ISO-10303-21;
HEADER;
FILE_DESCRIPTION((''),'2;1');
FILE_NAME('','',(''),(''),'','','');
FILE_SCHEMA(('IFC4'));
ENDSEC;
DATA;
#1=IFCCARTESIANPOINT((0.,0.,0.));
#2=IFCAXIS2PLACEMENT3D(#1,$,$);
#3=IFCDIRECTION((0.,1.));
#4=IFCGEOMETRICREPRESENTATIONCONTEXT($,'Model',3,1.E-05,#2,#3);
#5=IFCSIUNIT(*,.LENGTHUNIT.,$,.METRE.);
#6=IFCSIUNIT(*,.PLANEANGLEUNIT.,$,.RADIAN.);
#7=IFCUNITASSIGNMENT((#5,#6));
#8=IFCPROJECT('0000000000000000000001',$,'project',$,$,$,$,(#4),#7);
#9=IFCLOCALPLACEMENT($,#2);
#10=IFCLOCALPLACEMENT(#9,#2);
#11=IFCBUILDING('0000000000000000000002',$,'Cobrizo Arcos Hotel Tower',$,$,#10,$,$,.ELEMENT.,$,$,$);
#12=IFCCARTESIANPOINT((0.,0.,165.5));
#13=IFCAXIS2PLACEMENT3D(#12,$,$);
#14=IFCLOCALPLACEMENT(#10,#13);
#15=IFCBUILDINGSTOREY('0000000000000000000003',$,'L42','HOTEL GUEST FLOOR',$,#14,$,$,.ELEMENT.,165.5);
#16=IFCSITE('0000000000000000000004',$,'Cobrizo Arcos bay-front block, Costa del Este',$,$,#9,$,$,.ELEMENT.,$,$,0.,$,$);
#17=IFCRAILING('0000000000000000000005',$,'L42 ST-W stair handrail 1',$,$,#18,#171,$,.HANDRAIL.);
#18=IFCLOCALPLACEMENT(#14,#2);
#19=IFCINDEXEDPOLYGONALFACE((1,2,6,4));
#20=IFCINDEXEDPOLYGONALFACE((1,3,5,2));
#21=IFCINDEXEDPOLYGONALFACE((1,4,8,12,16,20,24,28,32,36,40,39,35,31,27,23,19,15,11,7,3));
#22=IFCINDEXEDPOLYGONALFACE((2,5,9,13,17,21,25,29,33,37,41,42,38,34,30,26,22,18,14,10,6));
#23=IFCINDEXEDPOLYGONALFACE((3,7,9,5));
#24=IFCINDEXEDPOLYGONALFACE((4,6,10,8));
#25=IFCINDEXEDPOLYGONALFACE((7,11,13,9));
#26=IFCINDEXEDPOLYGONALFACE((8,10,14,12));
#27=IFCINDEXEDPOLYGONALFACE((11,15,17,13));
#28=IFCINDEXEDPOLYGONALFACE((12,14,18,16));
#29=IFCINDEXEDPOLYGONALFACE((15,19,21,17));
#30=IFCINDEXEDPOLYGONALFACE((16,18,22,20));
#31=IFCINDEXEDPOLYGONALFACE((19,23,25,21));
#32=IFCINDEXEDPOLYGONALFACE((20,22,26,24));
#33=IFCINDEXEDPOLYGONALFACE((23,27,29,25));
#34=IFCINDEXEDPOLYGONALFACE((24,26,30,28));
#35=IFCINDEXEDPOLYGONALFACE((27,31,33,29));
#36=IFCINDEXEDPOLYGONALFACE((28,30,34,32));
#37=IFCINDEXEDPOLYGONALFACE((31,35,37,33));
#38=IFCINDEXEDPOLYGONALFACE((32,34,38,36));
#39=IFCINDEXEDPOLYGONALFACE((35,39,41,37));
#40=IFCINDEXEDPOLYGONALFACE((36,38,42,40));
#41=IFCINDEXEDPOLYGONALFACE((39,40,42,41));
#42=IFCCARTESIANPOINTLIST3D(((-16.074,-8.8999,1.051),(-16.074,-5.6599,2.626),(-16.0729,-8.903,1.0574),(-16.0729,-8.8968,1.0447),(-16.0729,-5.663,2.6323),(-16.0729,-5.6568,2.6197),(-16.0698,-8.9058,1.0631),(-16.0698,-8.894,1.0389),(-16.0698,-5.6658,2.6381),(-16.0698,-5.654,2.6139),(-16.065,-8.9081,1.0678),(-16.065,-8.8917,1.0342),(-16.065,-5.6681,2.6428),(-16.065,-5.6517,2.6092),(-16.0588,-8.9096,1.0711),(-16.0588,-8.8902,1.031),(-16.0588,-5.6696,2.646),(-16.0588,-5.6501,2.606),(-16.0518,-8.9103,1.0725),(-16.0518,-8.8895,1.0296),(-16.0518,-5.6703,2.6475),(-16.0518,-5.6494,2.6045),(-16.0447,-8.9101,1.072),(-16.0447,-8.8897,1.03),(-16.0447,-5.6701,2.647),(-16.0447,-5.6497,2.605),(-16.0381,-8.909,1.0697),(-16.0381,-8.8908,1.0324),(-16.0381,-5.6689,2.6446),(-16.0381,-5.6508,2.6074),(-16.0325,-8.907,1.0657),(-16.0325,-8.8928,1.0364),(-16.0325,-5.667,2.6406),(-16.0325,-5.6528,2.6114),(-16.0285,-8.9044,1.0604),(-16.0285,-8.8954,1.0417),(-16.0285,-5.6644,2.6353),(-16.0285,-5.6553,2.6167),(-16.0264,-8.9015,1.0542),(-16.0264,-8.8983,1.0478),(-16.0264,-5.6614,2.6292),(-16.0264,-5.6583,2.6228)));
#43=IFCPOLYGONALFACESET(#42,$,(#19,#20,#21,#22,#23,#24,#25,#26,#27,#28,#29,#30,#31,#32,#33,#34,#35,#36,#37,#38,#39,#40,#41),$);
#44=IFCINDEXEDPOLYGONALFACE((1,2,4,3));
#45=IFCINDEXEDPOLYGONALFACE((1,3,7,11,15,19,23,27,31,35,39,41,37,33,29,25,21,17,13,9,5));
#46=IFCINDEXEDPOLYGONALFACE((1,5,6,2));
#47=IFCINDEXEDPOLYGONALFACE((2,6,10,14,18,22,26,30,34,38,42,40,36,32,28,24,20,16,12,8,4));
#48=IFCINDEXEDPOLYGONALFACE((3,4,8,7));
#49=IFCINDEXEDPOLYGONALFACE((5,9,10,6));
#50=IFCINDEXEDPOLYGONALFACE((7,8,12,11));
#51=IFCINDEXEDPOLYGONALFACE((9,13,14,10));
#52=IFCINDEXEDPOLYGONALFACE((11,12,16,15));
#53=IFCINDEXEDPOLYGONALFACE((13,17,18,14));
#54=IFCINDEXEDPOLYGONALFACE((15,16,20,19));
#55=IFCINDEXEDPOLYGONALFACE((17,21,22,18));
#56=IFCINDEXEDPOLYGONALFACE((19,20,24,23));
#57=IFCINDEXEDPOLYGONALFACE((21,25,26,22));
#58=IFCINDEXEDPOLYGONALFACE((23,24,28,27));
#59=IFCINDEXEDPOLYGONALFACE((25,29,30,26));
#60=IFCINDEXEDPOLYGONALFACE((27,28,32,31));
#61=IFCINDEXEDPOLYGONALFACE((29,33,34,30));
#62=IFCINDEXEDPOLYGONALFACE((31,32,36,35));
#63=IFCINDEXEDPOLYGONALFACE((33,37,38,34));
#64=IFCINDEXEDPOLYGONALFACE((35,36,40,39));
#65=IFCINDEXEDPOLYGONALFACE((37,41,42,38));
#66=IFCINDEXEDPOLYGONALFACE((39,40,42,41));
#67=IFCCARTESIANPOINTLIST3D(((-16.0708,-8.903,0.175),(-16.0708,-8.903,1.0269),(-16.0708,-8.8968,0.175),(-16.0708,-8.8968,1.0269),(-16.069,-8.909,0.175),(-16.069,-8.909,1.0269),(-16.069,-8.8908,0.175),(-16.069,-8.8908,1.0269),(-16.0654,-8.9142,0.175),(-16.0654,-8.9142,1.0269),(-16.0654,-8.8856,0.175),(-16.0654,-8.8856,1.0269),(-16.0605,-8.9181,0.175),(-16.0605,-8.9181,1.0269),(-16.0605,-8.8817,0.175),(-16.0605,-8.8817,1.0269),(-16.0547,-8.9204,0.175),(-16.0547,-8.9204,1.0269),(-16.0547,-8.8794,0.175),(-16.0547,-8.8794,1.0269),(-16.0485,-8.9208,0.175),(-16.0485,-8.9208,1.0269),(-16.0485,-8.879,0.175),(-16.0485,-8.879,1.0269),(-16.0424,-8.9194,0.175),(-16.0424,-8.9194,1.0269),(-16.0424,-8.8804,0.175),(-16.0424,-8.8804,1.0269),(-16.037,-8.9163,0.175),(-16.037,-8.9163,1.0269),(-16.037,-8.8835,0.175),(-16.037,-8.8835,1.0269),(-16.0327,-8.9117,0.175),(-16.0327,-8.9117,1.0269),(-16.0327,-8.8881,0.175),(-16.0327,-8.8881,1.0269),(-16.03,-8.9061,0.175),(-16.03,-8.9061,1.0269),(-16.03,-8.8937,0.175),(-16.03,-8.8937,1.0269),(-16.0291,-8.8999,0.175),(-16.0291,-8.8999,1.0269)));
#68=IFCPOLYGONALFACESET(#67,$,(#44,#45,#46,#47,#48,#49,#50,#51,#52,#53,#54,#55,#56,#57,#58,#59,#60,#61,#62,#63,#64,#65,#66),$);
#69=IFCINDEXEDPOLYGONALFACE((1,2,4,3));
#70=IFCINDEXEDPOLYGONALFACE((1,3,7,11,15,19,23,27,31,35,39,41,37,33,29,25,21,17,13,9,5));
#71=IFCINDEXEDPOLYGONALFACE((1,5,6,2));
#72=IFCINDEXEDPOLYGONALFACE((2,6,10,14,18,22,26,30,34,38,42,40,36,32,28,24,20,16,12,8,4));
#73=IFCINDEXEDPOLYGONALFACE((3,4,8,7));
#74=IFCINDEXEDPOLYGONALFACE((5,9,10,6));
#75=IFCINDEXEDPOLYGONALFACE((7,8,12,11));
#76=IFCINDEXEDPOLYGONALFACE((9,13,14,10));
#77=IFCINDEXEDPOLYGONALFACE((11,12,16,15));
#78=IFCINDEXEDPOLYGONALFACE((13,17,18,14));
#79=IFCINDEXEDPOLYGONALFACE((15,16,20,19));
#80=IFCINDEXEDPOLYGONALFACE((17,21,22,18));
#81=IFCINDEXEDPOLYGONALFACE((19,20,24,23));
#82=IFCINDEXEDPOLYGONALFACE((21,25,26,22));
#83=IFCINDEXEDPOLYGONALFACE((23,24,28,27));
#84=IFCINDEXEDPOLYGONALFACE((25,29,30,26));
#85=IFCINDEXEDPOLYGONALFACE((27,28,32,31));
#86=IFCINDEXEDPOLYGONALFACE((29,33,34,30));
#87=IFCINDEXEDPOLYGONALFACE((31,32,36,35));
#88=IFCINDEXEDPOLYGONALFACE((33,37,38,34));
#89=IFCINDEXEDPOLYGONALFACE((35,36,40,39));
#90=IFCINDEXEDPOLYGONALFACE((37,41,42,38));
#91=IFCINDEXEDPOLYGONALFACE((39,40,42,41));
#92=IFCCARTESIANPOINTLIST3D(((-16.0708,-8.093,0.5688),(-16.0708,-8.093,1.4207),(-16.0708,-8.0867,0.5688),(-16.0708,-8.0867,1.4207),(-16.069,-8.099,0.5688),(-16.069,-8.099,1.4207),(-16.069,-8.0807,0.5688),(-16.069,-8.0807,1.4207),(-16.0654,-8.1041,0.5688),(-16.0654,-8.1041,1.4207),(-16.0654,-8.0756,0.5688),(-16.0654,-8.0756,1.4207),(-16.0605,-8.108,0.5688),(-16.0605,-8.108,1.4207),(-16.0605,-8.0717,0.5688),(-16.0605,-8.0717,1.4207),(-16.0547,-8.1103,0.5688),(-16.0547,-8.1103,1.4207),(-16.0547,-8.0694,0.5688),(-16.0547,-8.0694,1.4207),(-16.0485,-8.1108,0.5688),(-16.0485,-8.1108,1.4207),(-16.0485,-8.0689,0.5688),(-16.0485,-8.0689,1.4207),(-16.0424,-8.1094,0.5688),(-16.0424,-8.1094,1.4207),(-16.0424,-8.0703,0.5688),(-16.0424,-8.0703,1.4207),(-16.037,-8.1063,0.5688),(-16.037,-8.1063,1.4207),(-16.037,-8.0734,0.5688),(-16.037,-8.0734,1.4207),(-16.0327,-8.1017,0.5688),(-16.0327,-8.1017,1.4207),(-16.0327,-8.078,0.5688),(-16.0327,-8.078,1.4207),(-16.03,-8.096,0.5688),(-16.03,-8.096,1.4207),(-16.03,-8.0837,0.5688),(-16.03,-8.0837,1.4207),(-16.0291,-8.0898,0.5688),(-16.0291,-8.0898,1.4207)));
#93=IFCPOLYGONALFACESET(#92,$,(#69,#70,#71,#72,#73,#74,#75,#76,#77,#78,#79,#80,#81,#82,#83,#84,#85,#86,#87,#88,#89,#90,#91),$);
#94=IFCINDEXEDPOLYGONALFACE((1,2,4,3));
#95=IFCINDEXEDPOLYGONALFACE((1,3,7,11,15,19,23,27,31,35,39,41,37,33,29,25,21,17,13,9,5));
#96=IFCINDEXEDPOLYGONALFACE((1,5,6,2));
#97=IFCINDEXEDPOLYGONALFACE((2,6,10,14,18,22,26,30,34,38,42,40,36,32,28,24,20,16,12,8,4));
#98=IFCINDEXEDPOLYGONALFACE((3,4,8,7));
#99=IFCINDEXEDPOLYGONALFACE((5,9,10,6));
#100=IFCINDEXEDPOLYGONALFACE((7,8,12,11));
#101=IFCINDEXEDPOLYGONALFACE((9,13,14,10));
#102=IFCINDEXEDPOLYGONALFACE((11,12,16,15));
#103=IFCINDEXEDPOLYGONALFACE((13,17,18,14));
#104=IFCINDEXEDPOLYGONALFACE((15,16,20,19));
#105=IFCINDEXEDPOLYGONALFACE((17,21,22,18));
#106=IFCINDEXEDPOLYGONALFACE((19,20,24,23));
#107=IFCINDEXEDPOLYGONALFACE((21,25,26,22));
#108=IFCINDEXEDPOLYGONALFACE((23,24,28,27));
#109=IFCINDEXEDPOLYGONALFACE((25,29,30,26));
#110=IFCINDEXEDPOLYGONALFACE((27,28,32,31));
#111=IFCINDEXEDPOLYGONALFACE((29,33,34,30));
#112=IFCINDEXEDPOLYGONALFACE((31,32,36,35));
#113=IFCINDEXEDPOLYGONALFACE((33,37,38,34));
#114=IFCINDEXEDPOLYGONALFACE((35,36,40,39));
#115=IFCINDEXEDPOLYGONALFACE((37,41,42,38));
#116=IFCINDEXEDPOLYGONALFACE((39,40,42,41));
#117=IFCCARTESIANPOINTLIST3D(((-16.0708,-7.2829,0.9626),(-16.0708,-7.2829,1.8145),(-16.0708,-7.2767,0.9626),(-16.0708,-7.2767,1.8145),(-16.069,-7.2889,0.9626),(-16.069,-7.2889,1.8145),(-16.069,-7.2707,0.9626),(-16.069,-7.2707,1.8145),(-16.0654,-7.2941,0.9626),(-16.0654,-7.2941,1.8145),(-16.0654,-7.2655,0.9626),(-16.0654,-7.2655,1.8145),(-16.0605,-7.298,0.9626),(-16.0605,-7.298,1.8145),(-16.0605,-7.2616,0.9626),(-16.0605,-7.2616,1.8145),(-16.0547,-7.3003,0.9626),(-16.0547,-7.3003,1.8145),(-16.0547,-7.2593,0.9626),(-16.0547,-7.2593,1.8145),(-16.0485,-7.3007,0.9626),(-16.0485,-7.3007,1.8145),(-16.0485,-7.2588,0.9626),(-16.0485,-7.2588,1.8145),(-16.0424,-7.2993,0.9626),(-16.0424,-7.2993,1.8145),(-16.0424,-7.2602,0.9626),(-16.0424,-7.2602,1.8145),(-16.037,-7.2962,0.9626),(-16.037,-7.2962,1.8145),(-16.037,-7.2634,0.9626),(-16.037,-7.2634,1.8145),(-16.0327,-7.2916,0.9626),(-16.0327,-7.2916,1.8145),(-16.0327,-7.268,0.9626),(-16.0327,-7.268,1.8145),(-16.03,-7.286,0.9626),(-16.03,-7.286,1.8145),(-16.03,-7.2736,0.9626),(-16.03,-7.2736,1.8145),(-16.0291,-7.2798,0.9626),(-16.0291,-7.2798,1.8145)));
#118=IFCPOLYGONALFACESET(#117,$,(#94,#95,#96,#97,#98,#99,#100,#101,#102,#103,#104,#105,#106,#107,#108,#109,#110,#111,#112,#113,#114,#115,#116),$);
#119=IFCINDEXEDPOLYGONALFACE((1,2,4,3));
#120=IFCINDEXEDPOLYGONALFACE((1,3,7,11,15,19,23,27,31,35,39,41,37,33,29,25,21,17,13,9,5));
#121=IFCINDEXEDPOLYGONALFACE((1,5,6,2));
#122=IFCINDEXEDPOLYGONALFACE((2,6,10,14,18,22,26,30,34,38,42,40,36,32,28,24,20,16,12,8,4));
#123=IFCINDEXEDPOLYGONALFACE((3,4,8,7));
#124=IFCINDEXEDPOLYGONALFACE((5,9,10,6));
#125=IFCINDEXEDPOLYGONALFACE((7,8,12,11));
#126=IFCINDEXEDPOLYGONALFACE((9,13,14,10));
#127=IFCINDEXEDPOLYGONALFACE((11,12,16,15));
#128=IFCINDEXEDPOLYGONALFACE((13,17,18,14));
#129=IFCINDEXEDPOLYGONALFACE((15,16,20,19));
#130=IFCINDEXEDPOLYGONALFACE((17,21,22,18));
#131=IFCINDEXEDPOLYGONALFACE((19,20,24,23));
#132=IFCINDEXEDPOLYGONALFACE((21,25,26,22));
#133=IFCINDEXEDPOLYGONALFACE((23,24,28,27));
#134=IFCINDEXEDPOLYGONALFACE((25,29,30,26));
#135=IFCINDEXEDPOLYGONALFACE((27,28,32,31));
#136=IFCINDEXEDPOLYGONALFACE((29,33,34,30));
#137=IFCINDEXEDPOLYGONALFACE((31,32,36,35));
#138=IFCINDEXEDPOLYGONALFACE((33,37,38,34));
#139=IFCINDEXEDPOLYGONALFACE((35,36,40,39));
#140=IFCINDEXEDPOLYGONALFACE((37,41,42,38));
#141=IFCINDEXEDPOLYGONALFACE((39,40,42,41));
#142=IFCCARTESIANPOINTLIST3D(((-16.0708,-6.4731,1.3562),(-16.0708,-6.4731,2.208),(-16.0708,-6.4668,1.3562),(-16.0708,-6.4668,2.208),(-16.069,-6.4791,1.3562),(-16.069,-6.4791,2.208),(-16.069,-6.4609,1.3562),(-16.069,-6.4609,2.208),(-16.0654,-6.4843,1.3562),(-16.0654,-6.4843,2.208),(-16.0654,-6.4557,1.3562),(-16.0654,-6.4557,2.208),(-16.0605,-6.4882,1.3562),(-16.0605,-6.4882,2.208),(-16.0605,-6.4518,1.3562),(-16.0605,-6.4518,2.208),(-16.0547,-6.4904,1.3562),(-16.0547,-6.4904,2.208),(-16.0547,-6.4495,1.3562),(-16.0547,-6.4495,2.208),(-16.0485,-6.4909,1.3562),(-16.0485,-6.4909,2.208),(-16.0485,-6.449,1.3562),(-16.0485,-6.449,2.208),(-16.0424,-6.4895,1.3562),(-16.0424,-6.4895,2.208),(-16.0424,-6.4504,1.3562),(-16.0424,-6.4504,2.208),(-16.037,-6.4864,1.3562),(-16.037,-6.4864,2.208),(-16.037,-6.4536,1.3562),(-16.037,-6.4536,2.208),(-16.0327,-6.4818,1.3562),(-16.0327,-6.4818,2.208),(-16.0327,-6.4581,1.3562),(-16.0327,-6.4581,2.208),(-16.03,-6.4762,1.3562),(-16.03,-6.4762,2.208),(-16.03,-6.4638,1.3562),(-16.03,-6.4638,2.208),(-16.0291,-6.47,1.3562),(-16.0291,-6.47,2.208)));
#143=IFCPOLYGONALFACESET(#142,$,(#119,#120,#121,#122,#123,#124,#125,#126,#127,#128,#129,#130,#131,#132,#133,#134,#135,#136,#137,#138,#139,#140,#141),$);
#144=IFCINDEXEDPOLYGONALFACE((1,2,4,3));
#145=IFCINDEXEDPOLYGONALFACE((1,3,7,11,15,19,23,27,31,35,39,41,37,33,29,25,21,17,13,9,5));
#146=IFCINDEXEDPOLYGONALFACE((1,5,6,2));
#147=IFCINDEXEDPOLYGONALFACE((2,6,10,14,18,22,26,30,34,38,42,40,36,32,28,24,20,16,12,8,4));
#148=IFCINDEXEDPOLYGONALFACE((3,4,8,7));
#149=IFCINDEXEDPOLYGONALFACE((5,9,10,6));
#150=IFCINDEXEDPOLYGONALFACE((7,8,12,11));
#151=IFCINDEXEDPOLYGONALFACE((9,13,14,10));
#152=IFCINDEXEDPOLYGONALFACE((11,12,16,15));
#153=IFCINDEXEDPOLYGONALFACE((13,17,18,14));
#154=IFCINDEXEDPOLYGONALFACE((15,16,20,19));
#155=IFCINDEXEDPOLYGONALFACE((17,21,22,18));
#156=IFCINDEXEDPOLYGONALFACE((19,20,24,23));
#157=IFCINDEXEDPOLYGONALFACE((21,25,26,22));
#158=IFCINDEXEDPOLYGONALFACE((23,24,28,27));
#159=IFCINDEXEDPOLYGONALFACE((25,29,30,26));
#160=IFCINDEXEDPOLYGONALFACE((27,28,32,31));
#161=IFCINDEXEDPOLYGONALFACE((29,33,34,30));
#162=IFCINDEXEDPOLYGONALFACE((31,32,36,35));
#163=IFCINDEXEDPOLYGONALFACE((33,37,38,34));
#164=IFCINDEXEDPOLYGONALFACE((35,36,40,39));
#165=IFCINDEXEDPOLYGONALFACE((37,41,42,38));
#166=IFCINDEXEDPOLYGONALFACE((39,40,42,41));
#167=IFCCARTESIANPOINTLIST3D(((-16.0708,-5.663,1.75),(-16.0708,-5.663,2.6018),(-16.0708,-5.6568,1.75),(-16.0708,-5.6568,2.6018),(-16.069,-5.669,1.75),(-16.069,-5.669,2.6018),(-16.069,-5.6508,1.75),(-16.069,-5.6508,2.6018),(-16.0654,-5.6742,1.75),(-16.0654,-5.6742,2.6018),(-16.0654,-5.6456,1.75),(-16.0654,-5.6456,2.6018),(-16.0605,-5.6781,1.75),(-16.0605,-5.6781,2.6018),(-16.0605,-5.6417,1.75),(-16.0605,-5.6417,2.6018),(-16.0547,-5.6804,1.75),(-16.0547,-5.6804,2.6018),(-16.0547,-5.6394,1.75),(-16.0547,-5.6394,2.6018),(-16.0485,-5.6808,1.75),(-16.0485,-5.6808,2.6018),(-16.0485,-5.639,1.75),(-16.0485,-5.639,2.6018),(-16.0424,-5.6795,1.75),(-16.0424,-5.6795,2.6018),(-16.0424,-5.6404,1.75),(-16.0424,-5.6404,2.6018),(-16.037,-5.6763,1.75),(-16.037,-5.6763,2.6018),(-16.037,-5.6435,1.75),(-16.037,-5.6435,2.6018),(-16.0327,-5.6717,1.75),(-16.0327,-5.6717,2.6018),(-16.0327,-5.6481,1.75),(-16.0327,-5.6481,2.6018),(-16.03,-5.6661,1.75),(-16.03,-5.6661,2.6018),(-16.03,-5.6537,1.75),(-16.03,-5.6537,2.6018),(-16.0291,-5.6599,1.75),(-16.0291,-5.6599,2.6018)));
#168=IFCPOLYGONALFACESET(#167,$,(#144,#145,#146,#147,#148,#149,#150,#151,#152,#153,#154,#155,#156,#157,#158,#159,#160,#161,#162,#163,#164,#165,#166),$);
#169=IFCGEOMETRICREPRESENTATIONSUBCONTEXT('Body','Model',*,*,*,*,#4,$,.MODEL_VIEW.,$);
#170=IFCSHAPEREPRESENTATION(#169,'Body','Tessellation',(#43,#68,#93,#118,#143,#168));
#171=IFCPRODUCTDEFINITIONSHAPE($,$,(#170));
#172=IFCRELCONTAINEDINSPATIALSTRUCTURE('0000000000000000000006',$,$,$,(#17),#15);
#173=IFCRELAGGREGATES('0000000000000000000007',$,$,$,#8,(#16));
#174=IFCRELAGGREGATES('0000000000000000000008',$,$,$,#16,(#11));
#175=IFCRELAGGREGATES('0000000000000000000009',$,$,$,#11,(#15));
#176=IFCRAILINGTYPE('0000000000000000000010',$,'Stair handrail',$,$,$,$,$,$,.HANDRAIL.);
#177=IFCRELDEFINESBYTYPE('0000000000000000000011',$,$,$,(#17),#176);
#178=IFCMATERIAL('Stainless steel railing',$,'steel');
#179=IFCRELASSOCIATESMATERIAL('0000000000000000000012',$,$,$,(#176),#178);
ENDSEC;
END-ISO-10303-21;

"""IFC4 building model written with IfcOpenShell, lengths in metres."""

from ifc_helpers import new_model, si_unit, direction, frame, origin, origin_2d, place, context, subcontext, project, spatial, circle, extrude, material, type_object, element, save


model = new_model("IFC4")

# Units and contexts
model_context = context("Model", 3, precision=1e-05, world=origin(), true_north=direction((0.0, 1.0)))
body_context = subcontext(model_context, "Body", "Model", "MODEL_VIEW")
ifc_project = project(units=[si_unit("LENGTHUNIT", "METRE"), si_unit("PLANEANGLEUNIT", "RADIAN")], contexts=[model_context])

# Site, building, storey
site_placement = place(None, origin())
site = spatial("IfcSite", under=ifc_project, at=site_placement, Name="Cobrizo Arcos bay-front block, Costa del Este", CompositionType="ELEMENT", RefElevation=0.0)
building_placement = place(site_placement, origin())
building = spatial("IfcBuilding", under=site, at=building_placement, Name="Cobrizo Arcos Hotel Tower", CompositionType="ELEMENT")
storey_placement = place(building_placement, frame((0.0, 0.0, 165.5)))
storey = spatial("IfcBuildingStorey", under=building, at=storey_placement, Name="L42", Description="HOTEL GUEST FLOOR", CompositionType="ELEMENT", Elevation=165.5)

# Railing
ifc_material_1 = material(Name="Stainless steel railing", Category="steel")
railing_type_1 = type_object("IfcRailingType", Name="Stair handrail", PredefinedType="HANDRAIL", material=ifc_material_1)
railing_1_placement = place(storey_placement, frame((-16.05, -8.8999, 0.175)))
element("IfcRailing", 1, at=railing_1_placement, inside=storey, type_object=railing_type_1, Name="L42 ST-W stair handrail 1", PredefinedType="HANDRAIL", context=body_context, shape_type="SweptSolid", body=[
    extrude(circle(Radius=0.0239, at=origin_2d()), frame((0.0, 0.0, 0.876), z_axis=(0.0, 0.899373, 0.437183), x_axis=(-1.0, 0.0, 0.0)), (0.0, 0.0, 1.0), 3.6025),
    extrude(circle(Radius=0.021, at=origin_2d()), origin(), (0.0, 0.0, 1.0), 0.8518),
    extrude(circle(Radius=0.021, at=origin_2d()), frame((0.0, 0.8101, 0.3938)), (0.0, 0.0, 1.0), 0.8518),
    extrude(circle(Radius=0.021, at=origin_2d()), frame((0.0, 1.6201, 0.7876)), (0.0, 0.0, 1.0), 0.8518),
    extrude(circle(Radius=0.021, at=origin_2d()), frame((0.0, 2.4299, 1.1812)), (0.0, 0.0, 1.0), 0.8518),
    extrude(circle(Radius=0.021, at=origin_2d()), frame((0.0, 3.24, 1.575)), (0.0, 0.0, 1.0), 0.8518),
])

save(model, "model.ifc")
